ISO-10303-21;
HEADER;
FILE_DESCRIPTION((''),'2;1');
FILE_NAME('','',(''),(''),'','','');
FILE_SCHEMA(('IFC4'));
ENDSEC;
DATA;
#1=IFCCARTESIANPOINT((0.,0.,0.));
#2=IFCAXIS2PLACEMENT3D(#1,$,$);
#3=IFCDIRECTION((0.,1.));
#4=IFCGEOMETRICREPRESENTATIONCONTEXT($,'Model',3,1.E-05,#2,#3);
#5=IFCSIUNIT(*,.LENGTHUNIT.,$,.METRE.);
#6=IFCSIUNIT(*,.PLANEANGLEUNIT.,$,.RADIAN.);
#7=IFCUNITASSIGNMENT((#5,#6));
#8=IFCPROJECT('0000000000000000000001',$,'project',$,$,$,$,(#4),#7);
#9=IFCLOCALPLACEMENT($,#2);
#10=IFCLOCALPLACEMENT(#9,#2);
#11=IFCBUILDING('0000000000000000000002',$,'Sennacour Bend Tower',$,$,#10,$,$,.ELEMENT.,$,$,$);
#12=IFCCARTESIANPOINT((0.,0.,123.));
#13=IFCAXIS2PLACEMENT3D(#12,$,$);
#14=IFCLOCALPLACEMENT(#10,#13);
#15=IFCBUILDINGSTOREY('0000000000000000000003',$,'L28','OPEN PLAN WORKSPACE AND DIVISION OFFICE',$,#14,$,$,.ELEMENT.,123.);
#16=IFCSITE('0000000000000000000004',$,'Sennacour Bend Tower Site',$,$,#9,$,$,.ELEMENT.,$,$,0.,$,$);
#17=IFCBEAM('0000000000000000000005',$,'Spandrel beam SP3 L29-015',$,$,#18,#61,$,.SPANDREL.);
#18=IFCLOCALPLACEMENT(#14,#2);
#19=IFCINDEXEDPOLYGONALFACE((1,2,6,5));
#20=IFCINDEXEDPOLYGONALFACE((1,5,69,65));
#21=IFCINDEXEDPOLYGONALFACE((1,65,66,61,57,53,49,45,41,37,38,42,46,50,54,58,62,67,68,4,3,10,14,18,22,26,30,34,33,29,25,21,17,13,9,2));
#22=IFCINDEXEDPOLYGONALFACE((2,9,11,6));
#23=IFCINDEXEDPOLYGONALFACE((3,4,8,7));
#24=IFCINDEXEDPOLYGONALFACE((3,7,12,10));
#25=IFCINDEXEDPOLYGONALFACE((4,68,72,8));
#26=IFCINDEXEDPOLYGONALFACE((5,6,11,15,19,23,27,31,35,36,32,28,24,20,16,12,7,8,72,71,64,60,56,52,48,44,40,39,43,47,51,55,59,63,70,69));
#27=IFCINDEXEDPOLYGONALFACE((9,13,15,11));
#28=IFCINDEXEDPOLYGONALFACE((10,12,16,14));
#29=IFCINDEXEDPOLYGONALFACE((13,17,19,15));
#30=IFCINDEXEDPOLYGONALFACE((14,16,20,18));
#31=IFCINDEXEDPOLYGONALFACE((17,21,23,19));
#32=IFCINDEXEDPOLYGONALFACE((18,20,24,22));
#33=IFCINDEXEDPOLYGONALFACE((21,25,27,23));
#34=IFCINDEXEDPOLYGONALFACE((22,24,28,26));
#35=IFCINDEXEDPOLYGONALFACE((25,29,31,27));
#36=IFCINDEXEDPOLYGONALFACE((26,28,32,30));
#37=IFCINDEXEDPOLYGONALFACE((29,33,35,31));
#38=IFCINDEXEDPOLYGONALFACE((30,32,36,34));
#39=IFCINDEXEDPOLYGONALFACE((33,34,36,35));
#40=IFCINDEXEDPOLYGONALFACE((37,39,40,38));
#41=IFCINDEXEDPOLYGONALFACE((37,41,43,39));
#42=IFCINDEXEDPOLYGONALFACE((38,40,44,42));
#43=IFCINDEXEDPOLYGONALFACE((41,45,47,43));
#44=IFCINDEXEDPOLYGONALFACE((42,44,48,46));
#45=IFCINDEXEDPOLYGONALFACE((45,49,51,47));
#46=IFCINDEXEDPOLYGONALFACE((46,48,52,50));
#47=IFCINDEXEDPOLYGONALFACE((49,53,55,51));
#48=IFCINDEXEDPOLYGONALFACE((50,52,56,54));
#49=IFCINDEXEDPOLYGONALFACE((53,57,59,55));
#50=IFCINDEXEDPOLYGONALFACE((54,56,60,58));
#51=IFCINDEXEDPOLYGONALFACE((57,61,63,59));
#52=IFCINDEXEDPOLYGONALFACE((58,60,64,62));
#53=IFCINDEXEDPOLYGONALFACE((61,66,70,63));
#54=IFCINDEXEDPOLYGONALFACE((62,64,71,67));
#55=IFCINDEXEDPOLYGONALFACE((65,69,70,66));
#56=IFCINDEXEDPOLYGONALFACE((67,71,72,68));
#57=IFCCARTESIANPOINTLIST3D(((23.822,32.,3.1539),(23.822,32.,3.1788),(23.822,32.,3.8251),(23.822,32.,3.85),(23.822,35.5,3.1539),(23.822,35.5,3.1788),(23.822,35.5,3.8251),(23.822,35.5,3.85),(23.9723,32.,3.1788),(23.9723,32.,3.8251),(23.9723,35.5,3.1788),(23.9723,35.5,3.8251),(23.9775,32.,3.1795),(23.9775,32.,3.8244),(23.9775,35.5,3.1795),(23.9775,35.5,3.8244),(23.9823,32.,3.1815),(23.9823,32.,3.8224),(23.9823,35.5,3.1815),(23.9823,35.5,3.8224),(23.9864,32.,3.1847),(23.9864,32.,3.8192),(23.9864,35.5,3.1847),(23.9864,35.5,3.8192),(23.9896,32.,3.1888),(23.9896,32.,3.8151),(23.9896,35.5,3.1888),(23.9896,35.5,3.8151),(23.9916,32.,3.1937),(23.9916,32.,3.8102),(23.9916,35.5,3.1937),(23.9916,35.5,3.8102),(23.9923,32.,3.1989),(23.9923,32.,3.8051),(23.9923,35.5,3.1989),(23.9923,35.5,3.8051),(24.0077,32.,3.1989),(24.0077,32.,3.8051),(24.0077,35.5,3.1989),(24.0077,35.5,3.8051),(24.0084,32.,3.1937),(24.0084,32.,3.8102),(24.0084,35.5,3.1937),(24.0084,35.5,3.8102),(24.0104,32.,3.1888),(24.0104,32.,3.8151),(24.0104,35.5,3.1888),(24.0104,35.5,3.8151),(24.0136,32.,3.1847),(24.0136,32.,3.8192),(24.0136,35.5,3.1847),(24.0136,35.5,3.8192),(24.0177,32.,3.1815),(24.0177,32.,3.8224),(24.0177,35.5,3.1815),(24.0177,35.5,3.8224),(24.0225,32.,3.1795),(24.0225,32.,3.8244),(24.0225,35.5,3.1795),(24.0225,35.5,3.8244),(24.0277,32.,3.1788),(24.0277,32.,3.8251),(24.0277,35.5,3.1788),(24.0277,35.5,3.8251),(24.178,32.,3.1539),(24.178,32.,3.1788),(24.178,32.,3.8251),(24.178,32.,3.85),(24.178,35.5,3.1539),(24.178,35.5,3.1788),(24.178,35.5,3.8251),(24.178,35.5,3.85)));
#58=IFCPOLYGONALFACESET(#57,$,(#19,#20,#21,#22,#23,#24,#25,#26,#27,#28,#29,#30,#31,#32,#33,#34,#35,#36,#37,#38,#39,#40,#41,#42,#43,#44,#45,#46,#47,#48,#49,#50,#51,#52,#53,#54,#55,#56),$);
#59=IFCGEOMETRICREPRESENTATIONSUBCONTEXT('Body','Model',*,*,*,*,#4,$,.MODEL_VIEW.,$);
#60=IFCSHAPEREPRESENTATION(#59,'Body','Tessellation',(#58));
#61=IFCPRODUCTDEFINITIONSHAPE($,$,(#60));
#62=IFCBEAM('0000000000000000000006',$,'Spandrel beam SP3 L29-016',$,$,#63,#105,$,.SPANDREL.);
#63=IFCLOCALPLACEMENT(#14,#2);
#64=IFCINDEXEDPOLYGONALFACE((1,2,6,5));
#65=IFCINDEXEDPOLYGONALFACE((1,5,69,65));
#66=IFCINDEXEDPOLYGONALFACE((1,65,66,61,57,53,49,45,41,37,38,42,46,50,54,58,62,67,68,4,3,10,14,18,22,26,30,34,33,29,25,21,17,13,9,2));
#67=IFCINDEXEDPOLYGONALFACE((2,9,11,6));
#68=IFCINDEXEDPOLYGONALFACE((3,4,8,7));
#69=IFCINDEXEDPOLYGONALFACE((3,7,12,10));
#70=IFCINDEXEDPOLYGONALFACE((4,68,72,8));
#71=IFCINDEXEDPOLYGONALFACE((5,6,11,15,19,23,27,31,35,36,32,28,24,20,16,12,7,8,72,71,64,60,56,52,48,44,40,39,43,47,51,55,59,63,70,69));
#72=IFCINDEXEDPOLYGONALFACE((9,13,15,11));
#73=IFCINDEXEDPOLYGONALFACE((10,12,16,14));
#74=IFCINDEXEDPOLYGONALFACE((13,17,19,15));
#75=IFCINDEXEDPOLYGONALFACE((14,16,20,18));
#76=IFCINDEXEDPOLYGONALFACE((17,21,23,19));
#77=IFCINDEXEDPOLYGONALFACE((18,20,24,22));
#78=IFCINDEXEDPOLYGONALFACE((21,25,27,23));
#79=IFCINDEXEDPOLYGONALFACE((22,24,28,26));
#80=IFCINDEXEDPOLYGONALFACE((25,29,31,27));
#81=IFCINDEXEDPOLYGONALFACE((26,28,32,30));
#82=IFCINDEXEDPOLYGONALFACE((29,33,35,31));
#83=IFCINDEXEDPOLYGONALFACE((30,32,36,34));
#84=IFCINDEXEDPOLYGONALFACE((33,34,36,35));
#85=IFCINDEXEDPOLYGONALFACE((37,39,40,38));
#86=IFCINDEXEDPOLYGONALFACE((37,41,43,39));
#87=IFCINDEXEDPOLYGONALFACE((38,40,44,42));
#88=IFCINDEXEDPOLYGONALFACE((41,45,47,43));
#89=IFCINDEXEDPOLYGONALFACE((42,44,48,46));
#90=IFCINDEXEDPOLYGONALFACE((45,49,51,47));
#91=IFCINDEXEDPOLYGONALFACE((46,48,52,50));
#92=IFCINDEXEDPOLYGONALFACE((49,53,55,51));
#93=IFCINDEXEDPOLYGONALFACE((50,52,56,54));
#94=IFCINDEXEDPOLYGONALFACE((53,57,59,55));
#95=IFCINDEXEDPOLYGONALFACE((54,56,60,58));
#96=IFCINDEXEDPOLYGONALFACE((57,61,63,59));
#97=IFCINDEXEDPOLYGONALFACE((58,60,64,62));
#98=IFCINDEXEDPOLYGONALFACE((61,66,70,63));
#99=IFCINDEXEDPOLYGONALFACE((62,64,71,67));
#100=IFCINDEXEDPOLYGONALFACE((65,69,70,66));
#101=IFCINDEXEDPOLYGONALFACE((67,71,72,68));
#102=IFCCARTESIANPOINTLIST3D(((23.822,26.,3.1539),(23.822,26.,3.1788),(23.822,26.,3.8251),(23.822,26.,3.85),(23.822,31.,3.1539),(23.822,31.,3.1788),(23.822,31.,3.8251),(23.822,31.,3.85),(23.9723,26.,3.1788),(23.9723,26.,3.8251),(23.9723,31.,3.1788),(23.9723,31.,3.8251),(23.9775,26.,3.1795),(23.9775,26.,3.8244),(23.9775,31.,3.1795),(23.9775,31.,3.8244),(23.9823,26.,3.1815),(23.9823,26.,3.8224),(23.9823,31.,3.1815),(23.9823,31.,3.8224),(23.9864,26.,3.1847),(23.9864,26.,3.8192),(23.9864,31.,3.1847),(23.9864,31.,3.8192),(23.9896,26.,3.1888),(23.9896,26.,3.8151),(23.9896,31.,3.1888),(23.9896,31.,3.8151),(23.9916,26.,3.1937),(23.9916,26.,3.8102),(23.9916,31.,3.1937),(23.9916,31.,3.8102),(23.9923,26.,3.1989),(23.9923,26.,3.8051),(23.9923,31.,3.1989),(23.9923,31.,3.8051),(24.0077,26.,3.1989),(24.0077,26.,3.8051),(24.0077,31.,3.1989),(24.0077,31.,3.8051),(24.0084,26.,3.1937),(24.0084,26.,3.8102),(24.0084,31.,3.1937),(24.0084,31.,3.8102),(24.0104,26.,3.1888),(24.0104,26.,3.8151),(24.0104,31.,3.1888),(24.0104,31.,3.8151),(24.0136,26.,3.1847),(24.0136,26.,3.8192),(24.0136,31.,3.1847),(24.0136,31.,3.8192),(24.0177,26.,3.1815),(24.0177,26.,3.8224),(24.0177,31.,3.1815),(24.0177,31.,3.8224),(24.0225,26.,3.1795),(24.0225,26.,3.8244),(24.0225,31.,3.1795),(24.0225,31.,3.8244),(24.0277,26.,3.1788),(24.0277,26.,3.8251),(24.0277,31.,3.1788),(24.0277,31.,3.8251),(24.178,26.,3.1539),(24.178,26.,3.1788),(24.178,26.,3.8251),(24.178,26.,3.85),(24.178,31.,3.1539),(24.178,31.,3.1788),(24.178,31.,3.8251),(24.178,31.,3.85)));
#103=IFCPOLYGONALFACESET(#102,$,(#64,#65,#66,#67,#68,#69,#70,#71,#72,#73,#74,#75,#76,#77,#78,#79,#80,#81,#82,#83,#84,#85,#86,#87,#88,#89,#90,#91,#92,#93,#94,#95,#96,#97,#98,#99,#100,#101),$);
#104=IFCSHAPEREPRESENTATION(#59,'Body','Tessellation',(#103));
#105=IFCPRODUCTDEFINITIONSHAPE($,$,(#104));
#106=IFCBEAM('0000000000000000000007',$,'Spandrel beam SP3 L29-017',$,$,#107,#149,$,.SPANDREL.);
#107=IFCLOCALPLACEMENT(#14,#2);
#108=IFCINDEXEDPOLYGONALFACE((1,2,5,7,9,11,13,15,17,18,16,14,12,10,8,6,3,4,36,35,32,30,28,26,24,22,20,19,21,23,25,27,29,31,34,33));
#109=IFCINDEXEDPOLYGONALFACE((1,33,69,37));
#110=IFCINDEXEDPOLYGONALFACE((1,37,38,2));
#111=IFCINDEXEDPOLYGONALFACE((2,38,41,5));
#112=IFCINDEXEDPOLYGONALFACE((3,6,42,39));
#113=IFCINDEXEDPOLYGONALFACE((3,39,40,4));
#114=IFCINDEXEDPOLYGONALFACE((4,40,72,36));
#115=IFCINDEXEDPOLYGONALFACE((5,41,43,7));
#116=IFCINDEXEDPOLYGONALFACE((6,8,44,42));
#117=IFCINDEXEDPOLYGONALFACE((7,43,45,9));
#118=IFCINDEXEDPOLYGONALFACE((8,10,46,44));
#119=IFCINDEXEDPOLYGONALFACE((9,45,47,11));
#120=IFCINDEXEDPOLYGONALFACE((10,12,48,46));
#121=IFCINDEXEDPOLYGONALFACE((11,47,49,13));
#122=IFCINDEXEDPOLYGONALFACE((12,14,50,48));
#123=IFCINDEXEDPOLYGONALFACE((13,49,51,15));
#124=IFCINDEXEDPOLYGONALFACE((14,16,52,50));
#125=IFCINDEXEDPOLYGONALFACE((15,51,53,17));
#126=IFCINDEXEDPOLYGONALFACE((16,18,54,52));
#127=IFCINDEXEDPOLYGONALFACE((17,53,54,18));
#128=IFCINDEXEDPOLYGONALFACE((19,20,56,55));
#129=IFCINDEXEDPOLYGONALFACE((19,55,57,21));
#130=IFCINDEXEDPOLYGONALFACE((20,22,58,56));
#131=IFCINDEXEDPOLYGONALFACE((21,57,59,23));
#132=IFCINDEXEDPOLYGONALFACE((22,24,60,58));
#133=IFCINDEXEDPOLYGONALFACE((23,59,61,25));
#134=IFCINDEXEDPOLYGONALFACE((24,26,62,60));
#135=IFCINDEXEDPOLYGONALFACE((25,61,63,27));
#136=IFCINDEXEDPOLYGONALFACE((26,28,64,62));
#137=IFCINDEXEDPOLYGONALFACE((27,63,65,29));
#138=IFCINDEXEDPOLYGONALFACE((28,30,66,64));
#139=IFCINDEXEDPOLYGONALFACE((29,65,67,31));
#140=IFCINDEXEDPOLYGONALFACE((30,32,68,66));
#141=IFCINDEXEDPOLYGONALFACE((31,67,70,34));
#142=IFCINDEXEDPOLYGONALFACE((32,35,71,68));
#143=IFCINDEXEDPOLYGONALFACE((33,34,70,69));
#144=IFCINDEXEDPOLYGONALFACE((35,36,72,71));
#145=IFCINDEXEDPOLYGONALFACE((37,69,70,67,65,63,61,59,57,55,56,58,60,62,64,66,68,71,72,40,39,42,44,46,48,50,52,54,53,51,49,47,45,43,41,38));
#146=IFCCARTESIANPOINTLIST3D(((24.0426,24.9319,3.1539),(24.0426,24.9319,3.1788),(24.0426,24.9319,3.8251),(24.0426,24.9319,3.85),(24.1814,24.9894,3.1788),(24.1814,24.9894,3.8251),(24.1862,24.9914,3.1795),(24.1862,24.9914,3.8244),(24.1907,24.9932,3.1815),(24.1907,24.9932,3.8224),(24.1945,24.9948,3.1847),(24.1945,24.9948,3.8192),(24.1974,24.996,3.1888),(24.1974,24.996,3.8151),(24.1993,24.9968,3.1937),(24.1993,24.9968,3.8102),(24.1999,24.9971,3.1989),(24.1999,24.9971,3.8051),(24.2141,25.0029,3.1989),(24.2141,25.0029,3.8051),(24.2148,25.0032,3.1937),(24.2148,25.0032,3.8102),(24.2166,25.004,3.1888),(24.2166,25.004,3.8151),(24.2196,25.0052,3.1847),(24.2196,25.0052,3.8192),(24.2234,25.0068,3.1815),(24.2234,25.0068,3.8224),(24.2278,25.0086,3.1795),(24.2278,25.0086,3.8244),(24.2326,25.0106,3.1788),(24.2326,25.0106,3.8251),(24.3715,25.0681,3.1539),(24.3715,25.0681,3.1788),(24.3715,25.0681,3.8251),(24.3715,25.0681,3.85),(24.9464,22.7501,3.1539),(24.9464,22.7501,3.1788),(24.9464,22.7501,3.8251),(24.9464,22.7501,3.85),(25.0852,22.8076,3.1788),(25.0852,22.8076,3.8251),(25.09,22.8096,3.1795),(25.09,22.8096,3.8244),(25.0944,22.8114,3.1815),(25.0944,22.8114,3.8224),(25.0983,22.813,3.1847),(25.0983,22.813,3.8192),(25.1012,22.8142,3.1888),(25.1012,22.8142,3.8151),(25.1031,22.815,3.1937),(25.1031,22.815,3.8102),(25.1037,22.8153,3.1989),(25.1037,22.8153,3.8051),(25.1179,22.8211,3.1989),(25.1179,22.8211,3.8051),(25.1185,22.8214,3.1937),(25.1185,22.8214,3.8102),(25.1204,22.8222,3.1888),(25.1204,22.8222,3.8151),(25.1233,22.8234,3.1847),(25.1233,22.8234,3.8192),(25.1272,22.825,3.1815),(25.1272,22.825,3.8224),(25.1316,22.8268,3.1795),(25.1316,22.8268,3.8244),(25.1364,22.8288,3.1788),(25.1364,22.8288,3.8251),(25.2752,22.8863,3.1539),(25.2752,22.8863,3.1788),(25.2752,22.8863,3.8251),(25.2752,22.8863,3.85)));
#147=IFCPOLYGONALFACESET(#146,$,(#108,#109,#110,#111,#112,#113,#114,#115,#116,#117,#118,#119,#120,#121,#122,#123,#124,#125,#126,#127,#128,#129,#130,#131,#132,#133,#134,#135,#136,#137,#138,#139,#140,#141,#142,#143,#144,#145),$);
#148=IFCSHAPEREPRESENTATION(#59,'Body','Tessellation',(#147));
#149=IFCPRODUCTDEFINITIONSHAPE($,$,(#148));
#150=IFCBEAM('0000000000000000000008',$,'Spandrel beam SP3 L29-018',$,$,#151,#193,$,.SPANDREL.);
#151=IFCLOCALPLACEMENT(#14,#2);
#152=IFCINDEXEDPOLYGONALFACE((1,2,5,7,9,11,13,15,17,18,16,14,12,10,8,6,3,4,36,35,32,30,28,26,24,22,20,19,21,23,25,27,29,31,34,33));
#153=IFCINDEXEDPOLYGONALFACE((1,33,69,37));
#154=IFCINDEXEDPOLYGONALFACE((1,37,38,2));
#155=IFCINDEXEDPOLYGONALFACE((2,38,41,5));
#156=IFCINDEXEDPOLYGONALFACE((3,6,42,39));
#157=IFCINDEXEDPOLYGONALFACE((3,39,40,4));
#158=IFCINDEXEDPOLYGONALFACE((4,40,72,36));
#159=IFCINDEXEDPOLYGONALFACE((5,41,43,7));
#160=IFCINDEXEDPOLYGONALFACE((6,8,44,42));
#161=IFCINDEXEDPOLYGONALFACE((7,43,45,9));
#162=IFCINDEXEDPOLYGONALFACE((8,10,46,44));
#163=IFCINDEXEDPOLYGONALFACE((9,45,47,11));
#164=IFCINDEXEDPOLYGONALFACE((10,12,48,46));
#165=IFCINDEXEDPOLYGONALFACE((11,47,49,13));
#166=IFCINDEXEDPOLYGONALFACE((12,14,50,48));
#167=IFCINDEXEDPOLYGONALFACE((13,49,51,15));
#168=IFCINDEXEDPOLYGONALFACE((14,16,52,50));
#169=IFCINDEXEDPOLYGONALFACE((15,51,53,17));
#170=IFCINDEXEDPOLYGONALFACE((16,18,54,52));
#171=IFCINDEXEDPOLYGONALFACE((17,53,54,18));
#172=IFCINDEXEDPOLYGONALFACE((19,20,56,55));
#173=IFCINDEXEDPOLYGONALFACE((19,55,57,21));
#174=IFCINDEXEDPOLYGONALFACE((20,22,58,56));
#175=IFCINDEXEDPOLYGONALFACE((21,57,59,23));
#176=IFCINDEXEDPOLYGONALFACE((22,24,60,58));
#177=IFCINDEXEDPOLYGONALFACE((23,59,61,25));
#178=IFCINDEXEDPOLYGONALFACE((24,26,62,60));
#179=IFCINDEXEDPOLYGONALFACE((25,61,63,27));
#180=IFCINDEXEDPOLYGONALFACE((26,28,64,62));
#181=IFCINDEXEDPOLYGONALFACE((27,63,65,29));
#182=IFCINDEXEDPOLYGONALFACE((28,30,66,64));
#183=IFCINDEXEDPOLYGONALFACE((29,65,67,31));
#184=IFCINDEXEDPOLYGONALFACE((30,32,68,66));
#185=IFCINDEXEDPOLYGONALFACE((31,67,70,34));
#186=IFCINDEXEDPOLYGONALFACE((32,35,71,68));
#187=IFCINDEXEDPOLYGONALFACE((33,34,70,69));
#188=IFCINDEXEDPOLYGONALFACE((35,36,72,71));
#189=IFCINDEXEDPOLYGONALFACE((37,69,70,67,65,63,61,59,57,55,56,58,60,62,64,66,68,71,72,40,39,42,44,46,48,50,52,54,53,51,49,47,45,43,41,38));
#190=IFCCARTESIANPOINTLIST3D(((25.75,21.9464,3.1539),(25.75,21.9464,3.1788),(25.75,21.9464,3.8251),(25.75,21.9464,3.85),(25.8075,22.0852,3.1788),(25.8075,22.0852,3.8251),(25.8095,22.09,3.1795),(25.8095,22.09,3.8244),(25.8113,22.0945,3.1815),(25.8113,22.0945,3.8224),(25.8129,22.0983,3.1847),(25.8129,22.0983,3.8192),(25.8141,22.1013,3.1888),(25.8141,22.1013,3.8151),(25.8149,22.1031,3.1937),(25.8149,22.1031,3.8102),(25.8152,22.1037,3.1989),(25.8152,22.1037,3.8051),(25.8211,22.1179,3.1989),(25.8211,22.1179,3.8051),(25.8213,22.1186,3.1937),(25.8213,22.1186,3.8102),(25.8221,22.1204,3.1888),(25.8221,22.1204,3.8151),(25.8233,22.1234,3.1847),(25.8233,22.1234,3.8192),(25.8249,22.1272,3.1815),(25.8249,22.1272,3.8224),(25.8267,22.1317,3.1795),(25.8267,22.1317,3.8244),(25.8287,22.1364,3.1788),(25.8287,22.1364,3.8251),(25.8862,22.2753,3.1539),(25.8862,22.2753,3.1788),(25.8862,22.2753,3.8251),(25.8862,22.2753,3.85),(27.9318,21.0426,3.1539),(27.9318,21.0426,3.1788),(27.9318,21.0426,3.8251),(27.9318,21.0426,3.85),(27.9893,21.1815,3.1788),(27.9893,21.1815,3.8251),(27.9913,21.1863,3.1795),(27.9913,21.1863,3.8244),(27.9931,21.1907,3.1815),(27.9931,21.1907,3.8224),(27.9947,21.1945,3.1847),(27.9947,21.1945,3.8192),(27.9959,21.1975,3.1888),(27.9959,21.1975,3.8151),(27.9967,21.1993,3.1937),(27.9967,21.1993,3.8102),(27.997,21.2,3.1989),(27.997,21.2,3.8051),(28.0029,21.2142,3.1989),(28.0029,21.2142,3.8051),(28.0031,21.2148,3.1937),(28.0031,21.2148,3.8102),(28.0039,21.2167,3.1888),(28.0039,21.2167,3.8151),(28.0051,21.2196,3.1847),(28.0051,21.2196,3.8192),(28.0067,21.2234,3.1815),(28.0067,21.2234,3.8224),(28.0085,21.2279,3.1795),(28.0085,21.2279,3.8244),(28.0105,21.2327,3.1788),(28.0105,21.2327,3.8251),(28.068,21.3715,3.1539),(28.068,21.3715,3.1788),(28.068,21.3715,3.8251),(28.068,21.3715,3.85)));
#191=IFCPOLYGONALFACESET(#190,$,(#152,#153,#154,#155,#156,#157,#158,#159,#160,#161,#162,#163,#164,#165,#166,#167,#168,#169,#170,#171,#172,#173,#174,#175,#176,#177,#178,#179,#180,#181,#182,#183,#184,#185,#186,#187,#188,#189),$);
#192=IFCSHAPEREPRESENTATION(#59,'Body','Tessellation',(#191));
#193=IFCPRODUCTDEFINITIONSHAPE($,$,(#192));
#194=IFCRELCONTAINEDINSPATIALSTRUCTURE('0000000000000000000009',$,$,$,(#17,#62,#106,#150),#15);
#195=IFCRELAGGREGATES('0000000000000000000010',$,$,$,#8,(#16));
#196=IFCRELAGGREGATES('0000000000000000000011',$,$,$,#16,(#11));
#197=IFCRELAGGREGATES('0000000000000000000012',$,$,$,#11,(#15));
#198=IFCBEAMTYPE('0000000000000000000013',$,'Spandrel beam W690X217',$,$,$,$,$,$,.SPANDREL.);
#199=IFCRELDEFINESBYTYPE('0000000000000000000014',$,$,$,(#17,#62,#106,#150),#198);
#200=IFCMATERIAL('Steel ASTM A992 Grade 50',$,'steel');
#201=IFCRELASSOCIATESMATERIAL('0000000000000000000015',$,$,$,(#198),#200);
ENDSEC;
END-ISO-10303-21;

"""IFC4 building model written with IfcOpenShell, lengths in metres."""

from ifc_helpers import new_model, si_unit, direction, frame, origin, origin_2d, place, context, subcontext, project, spatial, i_section, extrude, material, material_profile, profile_set, type_object, element, save


model = new_model("IFC4")

# Units and contexts
model_context = context("Model", 3, precision=1e-05, world=origin(), true_north=direction((0.0, 1.0)))
body_context = subcontext(model_context, "Body", "Model", "MODEL_VIEW")
ifc_project = project(units=[si_unit("LENGTHUNIT", "METRE"), si_unit("PLANEANGLEUNIT", "RADIAN")], contexts=[model_context])

# Site, building, storey
site_placement = place(None, origin())
site = spatial("IfcSite", under=ifc_project, at=site_placement, Name="Sennacour Bend Tower Site", CompositionType="ELEMENT", RefElevation=0.0)
building_placement = place(site_placement, origin())
building = spatial("IfcBuilding", under=site, at=building_placement, Name="Sennacour Bend Tower", CompositionType="ELEMENT")
storey_placement = place(building_placement, frame((0.0, 0.0, 123.0)))
storey = spatial("IfcBuildingStorey", under=building, at=storey_placement, Name="L28", Description="OPEN PLAN WORKSPACE AND DIVISION OFFICE", CompositionType="ELEMENT", Elevation=123.0)

# Beams
ifc_material_1 = material(Name="Steel ASTM A992 Grade 50", Category="steel")
ifc_material_profile_1 = material_profile(ifc_material_1, i_section(OverallWidth=0.356, OverallDepth=0.696, WebThickness=0.0154, FlangeThickness=0.0249, FilletRadius=0.02, at=origin_2d()), Name="Steel ASTM A992 Grade 50", Category="steel")
ifc_profile_set_1 = profile_set([ifc_material_profile_1], Name="Steel ASTM A992 Grade 50")
beam_type_1 = type_object("IfcBeamType", Name="Spandrel beam W690X217", PredefinedType="SPANDREL", material=ifc_profile_set_1)
beam_1_placement = place(storey_placement, frame((24.0, 35.5, 3.502), z_axis=(0.0, -1.0, 0.0), x_axis=(1.0, 0.0, 0.0)))
element("IfcBeam", 1, at=beam_1_placement, inside=storey, type_object=beam_type_1, Name="Spandrel beam SP3 L29-015", PredefinedType="SPANDREL", context=body_context, shape_type="SweptSolid", body=[
    extrude(i_section(OverallWidth=0.356, OverallDepth=0.696, WebThickness=0.0154, FlangeThickness=0.0249, FilletRadius=0.02, at=origin_2d()), origin(), (0.0, 0.0, 1.0), 3.5),
])
beam_2_placement = place(storey_placement, frame((24.0, 31.0, 3.502), z_axis=(0.0, -1.0, 0.0), x_axis=(1.0, 0.0, 0.0)))
element("IfcBeam", 2, at=beam_2_placement, inside=storey, type_object=beam_type_1, Name="Spandrel beam SP3 L29-016", PredefinedType="SPANDREL", context=body_context, shape_type="SweptSolid", body=[
    extrude(i_section(OverallWidth=0.356, OverallDepth=0.696, WebThickness=0.0154, FlangeThickness=0.0249, FilletRadius=0.02, at=origin_2d()), origin(), (0.0, 0.0, 1.0), 5.0),
])
for number, where, z_axis, x_axis, name in (
    (3, (24.207, 25.0, 3.502), (0.382699, -0.923873, 0.0), (0.923873, 0.382699, 0.0), "Spandrel beam SP3 L29-017"),
    (4, (25.8181, 22.1108, 3.502), (0.923873, -0.382699, 0.0), (0.382699, 0.923873, 0.0), "Spandrel beam SP3 L29-018"),
):
    element("IfcBeam", number, at=place(storey_placement, frame(where, z_axis=z_axis, x_axis=x_axis)), inside=storey, type_object=beam_type_1, Name=name, PredefinedType="SPANDREL", context=body_context, shape_type="SweptSolid", body=[
        extrude(i_section(OverallWidth=0.356, OverallDepth=0.696, WebThickness=0.0154, FlangeThickness=0.0249, FilletRadius=0.02, at=origin_2d()), origin(), (0.0, 0.0, 1.0), 2.3616),
    ])

save(model, "model.ifc")
